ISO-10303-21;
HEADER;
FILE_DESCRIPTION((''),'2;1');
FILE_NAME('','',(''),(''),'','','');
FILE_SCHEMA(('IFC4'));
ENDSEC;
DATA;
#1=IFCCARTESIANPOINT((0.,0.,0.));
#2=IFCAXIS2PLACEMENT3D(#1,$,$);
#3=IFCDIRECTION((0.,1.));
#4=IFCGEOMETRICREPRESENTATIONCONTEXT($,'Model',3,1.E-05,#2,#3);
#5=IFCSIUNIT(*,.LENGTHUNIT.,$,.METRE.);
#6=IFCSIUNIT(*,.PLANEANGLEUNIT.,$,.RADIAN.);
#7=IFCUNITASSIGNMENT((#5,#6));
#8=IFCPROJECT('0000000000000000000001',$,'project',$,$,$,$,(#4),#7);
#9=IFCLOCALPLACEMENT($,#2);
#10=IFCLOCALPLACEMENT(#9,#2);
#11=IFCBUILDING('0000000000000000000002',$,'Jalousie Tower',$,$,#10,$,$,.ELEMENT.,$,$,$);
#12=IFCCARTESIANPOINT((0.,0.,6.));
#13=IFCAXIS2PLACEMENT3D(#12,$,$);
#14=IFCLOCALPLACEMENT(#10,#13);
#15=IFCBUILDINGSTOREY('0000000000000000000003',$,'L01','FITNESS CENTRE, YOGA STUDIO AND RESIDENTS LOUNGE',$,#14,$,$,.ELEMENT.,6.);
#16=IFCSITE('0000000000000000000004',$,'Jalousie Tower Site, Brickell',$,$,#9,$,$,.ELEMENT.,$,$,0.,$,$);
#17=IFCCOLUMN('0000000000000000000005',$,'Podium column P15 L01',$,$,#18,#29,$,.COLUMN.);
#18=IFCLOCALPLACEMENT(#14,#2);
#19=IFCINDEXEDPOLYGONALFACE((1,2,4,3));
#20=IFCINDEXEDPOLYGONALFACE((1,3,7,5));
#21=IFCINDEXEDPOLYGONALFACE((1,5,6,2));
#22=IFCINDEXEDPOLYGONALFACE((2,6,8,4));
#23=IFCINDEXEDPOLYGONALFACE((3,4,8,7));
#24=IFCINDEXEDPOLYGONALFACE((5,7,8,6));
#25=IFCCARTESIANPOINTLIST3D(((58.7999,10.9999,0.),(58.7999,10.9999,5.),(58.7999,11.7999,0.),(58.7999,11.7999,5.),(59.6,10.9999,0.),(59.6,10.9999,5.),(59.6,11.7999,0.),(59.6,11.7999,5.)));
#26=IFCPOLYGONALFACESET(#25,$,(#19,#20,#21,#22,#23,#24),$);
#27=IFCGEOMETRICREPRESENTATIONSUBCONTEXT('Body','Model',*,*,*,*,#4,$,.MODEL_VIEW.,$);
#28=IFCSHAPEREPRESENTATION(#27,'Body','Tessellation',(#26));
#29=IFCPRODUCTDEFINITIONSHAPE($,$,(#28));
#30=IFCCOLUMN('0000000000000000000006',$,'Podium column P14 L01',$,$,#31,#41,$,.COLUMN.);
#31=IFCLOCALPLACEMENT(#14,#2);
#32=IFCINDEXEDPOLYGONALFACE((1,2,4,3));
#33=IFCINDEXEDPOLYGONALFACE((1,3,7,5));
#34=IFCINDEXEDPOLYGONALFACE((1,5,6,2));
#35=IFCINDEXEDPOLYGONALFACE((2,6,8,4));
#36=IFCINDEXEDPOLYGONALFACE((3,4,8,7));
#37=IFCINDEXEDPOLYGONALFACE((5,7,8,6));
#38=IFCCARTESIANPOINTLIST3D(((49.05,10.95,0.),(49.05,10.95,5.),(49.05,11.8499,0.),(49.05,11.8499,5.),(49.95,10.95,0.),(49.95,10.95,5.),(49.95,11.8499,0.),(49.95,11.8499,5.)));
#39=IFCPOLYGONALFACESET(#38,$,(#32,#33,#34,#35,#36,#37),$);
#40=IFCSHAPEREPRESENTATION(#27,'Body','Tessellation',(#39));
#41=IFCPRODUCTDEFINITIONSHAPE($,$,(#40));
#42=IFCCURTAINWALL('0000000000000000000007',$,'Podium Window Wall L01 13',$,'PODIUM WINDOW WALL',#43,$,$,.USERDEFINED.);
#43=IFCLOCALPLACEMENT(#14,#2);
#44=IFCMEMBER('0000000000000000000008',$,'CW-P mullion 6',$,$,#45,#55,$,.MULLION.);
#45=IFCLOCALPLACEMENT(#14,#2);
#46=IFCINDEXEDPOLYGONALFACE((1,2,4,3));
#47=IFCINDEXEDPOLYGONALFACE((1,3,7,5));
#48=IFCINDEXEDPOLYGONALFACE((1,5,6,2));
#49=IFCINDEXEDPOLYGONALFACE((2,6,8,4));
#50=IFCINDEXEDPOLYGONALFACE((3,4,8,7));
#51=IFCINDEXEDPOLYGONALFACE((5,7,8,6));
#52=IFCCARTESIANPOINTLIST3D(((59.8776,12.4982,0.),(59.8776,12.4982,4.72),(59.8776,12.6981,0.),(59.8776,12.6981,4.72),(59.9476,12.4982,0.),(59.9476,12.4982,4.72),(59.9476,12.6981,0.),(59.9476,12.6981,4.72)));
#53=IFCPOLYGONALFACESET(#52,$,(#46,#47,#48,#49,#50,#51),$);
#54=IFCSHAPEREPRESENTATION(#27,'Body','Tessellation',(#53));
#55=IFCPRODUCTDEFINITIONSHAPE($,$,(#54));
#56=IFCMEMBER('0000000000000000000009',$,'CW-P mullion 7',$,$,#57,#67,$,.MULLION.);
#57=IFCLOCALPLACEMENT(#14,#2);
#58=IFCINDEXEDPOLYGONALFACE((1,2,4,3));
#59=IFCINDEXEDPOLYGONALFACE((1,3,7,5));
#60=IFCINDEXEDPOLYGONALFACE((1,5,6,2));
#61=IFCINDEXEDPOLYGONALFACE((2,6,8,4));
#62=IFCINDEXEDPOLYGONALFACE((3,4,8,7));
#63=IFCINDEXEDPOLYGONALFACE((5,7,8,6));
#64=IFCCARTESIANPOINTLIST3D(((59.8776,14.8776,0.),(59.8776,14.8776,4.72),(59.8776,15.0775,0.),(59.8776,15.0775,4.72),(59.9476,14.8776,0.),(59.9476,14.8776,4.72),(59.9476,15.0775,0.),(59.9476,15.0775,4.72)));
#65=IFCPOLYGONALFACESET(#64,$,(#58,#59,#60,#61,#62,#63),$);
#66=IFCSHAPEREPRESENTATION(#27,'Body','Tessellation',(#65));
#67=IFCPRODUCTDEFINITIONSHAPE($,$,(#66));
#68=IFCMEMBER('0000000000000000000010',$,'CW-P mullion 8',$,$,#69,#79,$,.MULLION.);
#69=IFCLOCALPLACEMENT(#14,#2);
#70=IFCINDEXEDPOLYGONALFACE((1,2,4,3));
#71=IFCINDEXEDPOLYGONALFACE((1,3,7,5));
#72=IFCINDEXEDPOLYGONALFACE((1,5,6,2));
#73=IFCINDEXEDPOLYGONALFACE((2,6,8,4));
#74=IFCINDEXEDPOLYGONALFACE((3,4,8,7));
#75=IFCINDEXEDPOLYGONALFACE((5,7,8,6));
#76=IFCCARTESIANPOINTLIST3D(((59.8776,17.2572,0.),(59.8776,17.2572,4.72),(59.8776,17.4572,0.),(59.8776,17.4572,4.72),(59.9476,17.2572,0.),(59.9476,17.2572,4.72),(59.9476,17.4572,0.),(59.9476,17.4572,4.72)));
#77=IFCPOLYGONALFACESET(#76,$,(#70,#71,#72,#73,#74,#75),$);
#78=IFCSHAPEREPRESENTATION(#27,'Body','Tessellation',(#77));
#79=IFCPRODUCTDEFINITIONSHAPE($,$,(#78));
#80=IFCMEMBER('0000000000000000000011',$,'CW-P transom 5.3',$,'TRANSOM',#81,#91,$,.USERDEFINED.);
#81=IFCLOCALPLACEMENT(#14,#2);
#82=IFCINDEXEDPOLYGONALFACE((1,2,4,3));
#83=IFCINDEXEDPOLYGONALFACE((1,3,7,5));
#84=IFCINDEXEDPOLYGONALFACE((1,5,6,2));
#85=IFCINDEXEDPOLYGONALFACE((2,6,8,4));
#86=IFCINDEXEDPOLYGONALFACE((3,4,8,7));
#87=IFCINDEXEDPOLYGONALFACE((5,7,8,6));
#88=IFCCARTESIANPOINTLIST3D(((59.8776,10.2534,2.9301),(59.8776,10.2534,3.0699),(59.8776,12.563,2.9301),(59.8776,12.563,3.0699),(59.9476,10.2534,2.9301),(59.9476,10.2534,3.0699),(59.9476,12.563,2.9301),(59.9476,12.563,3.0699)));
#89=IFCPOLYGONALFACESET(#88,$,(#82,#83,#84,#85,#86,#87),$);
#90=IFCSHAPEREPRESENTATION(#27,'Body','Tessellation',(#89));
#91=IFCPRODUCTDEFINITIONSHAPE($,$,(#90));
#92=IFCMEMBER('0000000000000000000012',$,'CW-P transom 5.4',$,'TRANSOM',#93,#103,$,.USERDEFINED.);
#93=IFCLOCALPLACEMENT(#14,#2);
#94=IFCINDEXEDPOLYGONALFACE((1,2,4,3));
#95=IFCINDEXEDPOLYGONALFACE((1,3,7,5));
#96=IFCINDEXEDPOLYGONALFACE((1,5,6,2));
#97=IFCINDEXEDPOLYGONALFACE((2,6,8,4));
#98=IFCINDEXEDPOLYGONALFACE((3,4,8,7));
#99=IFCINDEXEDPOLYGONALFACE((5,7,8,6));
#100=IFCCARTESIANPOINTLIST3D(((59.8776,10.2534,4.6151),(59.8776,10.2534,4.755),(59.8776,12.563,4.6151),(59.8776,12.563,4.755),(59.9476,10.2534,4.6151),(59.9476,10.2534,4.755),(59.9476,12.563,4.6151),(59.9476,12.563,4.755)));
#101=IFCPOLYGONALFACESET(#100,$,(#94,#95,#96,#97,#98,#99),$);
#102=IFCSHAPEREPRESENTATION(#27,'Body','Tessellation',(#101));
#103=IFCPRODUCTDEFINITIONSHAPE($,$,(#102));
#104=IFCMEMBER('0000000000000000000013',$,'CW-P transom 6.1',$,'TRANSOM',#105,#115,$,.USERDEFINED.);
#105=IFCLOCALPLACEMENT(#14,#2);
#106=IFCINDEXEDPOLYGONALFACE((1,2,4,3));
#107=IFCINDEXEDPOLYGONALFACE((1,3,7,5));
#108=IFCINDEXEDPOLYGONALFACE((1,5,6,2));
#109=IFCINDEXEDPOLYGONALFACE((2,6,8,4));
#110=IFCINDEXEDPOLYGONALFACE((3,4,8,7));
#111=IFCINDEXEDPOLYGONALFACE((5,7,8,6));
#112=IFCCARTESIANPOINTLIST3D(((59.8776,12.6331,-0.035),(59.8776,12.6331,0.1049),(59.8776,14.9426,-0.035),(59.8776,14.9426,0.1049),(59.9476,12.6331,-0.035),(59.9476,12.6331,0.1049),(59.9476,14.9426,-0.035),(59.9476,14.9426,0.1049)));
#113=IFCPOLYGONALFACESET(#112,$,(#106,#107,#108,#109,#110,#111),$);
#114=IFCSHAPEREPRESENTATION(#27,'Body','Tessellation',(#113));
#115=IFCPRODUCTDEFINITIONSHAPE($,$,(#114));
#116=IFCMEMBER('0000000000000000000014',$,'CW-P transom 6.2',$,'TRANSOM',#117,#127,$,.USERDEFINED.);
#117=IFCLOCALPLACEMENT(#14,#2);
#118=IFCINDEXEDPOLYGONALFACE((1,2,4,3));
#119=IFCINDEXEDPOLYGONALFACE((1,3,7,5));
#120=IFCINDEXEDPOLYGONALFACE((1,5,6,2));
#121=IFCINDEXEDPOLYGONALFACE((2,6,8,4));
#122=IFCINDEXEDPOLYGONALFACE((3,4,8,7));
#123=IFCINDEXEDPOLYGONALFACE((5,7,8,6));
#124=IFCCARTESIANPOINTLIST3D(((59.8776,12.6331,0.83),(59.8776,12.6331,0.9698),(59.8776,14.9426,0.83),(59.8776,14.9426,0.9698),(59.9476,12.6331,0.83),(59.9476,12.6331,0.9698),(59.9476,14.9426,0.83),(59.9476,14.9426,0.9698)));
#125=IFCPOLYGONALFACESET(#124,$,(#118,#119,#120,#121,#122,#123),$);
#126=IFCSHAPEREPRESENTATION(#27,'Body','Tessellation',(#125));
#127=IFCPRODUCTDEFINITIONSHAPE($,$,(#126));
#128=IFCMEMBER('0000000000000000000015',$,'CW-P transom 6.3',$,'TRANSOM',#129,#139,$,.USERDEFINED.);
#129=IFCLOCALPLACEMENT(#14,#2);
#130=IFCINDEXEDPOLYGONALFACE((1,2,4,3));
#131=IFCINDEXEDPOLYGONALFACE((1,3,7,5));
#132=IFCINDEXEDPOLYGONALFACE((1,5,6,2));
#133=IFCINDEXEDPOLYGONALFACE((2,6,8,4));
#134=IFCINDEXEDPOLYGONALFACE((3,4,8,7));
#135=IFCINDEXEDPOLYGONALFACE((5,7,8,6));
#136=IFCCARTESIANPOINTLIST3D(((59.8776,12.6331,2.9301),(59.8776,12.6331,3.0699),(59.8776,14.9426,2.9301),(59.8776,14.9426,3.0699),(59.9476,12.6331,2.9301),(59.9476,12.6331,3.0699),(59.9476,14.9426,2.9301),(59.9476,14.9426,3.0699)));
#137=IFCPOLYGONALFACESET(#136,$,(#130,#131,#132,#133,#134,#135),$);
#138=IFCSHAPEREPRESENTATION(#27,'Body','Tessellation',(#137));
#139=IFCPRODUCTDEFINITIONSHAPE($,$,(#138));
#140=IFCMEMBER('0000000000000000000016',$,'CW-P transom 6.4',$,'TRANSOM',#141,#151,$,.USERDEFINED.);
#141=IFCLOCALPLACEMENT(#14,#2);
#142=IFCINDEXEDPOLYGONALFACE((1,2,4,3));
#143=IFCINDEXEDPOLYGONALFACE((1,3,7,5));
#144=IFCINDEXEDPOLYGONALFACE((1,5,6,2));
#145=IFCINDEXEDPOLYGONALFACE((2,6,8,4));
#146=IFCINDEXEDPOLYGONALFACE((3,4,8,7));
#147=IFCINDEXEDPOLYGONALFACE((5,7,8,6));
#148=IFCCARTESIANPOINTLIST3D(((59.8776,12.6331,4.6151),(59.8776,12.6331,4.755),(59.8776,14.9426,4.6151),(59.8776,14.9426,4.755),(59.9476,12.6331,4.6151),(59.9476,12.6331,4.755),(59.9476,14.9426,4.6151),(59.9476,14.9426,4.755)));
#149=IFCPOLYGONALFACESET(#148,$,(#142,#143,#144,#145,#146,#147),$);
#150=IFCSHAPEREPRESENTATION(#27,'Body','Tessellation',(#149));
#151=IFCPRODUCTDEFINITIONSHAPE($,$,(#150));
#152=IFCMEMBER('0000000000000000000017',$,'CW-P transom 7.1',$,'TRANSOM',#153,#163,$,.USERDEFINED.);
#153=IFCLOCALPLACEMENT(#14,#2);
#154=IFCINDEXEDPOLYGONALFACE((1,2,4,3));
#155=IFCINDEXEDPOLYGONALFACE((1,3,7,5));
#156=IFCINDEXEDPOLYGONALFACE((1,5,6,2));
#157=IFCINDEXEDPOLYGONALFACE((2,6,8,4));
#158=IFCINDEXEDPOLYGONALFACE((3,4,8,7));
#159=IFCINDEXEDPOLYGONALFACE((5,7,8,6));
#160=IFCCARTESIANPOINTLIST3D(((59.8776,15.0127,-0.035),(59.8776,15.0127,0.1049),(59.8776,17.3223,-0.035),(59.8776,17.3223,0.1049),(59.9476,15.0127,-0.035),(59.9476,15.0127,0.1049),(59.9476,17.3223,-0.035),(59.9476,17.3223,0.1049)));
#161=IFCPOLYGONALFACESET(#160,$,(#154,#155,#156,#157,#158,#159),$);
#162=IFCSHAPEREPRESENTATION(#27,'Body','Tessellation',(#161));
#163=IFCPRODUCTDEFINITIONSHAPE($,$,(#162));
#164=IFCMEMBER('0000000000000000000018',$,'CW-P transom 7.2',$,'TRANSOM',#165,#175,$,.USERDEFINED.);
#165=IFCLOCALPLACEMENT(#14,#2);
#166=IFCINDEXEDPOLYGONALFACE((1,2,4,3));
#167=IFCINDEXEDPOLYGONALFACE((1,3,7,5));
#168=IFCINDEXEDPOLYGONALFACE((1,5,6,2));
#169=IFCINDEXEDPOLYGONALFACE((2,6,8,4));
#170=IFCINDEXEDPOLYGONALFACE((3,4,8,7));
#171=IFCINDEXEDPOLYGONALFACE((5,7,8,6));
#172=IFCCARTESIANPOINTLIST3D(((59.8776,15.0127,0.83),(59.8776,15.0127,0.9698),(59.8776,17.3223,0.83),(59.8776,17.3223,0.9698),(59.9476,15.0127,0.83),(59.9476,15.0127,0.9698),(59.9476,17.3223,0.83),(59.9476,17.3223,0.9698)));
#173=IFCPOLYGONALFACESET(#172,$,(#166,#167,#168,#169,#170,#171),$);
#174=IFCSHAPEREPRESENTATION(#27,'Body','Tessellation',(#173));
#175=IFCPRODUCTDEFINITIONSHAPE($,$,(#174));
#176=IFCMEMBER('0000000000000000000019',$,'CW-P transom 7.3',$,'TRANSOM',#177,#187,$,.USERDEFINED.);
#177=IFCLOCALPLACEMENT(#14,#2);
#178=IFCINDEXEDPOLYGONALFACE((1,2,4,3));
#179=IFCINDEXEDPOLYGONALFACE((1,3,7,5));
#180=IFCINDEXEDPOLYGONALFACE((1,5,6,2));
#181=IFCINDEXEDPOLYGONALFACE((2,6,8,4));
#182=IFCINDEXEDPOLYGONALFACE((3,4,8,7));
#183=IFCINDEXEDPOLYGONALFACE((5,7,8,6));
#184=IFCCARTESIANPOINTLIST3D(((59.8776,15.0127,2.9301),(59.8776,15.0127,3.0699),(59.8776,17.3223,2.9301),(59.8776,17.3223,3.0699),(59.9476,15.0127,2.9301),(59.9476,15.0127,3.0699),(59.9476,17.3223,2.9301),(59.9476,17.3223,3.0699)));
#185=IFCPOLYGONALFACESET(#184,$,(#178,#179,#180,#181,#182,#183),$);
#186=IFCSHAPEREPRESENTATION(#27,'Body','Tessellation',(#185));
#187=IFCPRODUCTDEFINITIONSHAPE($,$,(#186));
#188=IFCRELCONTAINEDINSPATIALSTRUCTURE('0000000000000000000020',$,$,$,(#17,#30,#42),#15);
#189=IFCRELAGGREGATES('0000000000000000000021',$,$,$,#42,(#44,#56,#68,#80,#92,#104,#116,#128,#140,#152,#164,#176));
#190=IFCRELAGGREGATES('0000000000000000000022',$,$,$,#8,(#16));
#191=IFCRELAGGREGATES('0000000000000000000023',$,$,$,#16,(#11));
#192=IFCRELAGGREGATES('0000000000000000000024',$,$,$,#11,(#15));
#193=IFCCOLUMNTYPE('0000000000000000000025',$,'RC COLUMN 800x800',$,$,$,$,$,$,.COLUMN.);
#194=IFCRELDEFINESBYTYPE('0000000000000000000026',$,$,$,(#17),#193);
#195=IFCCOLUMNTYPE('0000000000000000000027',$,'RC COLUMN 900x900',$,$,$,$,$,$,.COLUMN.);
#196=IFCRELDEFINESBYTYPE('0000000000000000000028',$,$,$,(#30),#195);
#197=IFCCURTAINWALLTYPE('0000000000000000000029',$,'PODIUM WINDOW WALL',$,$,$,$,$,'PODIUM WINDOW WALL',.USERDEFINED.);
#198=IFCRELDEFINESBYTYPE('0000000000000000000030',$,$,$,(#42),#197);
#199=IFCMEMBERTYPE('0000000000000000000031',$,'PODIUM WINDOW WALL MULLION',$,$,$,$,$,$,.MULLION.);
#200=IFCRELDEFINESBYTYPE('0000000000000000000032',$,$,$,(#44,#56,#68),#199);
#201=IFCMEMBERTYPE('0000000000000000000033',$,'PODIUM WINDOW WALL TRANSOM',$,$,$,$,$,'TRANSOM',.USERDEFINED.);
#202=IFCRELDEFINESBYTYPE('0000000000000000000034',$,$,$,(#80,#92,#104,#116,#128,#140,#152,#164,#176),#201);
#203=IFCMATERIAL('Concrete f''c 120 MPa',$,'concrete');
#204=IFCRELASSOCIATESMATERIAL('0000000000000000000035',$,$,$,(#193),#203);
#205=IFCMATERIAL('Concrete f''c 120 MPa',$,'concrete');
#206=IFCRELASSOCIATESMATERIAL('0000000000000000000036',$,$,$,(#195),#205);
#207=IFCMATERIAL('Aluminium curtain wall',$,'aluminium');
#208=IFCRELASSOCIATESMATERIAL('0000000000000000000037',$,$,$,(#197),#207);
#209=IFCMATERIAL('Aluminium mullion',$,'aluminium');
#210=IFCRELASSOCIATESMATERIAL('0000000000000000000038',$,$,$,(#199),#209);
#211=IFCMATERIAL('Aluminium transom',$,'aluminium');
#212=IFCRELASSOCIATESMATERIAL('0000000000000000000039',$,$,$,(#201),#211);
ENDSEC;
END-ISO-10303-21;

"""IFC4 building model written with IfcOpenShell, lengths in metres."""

from ifc_helpers import new_model, si_unit, direction, frame, origin, origin_2d, place, context, subcontext, project, spatial, rectangle, extrude, material, material_profile, profile_set, type_object, element, aggregate, save


model = new_model("IFC4")

# Units and contexts
model_context = context("Model", 3, precision=1e-05, world=origin(), true_north=direction((0.0, 1.0)))
body_context = subcontext(model_context, "Body", "Model", "MODEL_VIEW")
ifc_project = project(units=[si_unit("LENGTHUNIT", "METRE"), si_unit("PLANEANGLEUNIT", "RADIAN")], contexts=[model_context])

# Site, building, storey
site_placement = place(None, origin())
site = spatial("IfcSite", under=ifc_project, at=site_placement, Name="Jalousie Tower Site, Brickell", CompositionType="ELEMENT", RefElevation=0.0)
building_placement = place(site_placement, origin())
building = spatial("IfcBuilding", under=site, at=building_placement, Name="Jalousie Tower", CompositionType="ELEMENT")
storey_placement = place(building_placement, frame((0.0, 0.0, 6.0)))
storey = spatial("IfcBuildingStorey", under=building, at=storey_placement, Name="L01", Description="FITNESS CENTRE, YOGA STUDIO AND RESIDENTS LOUNGE", CompositionType="ELEMENT", Elevation=6.0)

# Columns
ifc_material_1 = material(Name="Concrete f'c 120 MPa", Category="concrete")
ifc_material_profile_1 = material_profile(ifc_material_1, rectangle(XDim=0.8, YDim=0.8, at=origin_2d()), Name="RC 800x800")
ifc_profile_set_1 = profile_set([ifc_material_profile_1], Name="Concrete f'c 120 MPa")
column_type_1 = type_object("IfcColumnType", Name="RC COLUMN 800x800", PredefinedType="COLUMN", material=ifc_profile_set_1)
column_1_placement = place(storey_placement, frame((59.2, 11.3999, 0.0), z_axis=(0.0, 0.0, 1.0), x_axis=(1.0, 0.0, 0.0)))
element("IfcColumn", 1, at=column_1_placement, inside=storey, type_object=column_type_1, Name="Podium column P15 L01", PredefinedType="COLUMN", context=body_context, shape_type="SweptSolid", body=[
    extrude(rectangle(XDim=0.8, YDim=0.8, at=origin_2d()), origin(), (0.0, 0.0, 1.0), 5.0),
])
ifc_material_2 = material(Name="Concrete f'c 120 MPa", Category="concrete")
ifc_material_profile_2 = material_profile(ifc_material_2, rectangle(XDim=0.8999, YDim=0.8999, at=origin_2d()), Name="RC 900x900")
ifc_profile_set_2 = profile_set([ifc_material_profile_2], Name="Concrete f'c 120 MPa")
column_type_2 = type_object("IfcColumnType", Name="RC COLUMN 900x900", PredefinedType="COLUMN", material=ifc_profile_set_2)
column_2_placement = place(storey_placement, frame((49.5, 11.3999, 0.0), z_axis=(0.0, 0.0, 1.0), x_axis=(1.0, 0.0, 0.0)))
element("IfcColumn", 2, at=column_2_placement, inside=storey, type_object=column_type_2, Name="Podium column P14 L01", PredefinedType="COLUMN", context=body_context, shape_type="SweptSolid", body=[
    extrude(rectangle(XDim=0.8999, YDim=0.8999, at=origin_2d()), origin(), (0.0, 0.0, 1.0), 5.0),
])

# Curtain wall, members
ifc_material_3 = material(Name="Aluminium curtain wall", Category="aluminium")
curtain_wall_type = type_object("IfcCurtainWallType", Name="PODIUM WINDOW WALL", ElementType="PODIUM WINDOW WALL", PredefinedType="USERDEFINED", material=ifc_material_3)
curtain_wall_placement = place(storey_placement, origin())
curtain_wall = element("IfcCurtainWall", 3, at=curtain_wall_placement, inside=storey, type_object=curtain_wall_type, Name="Podium Window Wall L01 13", ObjectType="PODIUM WINDOW WALL", PredefinedType="USERDEFINED")
ifc_material_4 = material(Name="Aluminium mullion", Category="aluminium")
ifc_material_profile_3 = material_profile(ifc_material_4, rectangle(XDim=0.0701, YDim=0.2, at=origin_2d()), Name="MULLION 70x200")
ifc_profile_set_3 = profile_set([ifc_material_profile_3], Name="Aluminium mullion")
member_type_1 = type_object("IfcMemberType", Name="PODIUM WINDOW WALL MULLION", PredefinedType="MULLION", material=ifc_profile_set_3)
member_1_placement = place(storey_placement, frame((59.9126, 12.5981, 0.0), z_axis=(0.0, 0.0, 1.0), x_axis=(-1.0, 0.0, 0.0)))
member_1 = element("IfcMember", 4, at=member_1_placement, type_object=member_type_1, Name="CW-P mullion 6", PredefinedType="MULLION", context=body_context, shape_type="SweptSolid", body=[
    extrude(rectangle(XDim=0.0701, YDim=0.2, at=origin_2d()), origin(), (0.0, 0.0, 1.0), 4.72),
])
member_2_placement = place(storey_placement, frame((59.9126, 14.9775, 0.0), z_axis=(0.0, 0.0, 1.0), x_axis=(-1.0, 0.0, 0.0)))
member_2 = element("IfcMember", 5, at=member_2_placement, type_object=member_type_1, Name="CW-P mullion 7", PredefinedType="MULLION", context=body_context, shape_type="SweptSolid", body=[
    extrude(rectangle(XDim=0.0701, YDim=0.2, at=origin_2d()), origin(), (0.0, 0.0, 1.0), 4.72),
])
member_3_placement = place(storey_placement, frame((59.9126, 17.3572, 0.0), z_axis=(0.0, 0.0, 1.0), x_axis=(-1.0, 0.0, 0.0)))
member_3 = element("IfcMember", 6, at=member_3_placement, type_object=member_type_1, Name="CW-P mullion 8", PredefinedType="MULLION", context=body_context, shape_type="SweptSolid", body=[
    extrude(rectangle(XDim=0.0701, YDim=0.2, at=origin_2d()), origin(), (0.0, 0.0, 1.0), 4.72),
])
ifc_material_5 = material(Name="Aluminium transom", Category="aluminium")
ifc_material_profile_4 = material_profile(ifc_material_5, rectangle(XDim=0.0701, YDim=0.1399, at=origin_2d()), Name="TRANSOM 70x140")
ifc_profile_set_4 = profile_set([ifc_material_profile_4], Name="Aluminium transom")
member_type_2 = type_object("IfcMemberType", Name="PODIUM WINDOW WALL TRANSOM", ElementType="TRANSOM", PredefinedType="USERDEFINED", material=ifc_profile_set_4)
member_4_placement = place(storey_placement, frame((59.9126, 10.2534, 3.0), z_axis=(0.0, 1.0, 0.0), x_axis=(-1.0, 0.0, 0.0)))
member_4 = element("IfcMember", 7, at=member_4_placement, type_object=member_type_2, Name="CW-P transom 5.3", ObjectType="TRANSOM", PredefinedType="USERDEFINED", context=body_context, shape_type="SweptSolid", body=[
    extrude(rectangle(XDim=0.0701, YDim=0.1399, at=origin_2d()), origin(), (0.0, 0.0, 1.0), 2.3096),
])
member_5_placement = place(storey_placement, frame((59.9126, 10.2534, 4.6851), z_axis=(0.0, 1.0, 0.0), x_axis=(-1.0, 0.0, 0.0)))
member_5 = element("IfcMember", 8, at=member_5_placement, type_object=member_type_2, Name="CW-P transom 5.4", ObjectType="TRANSOM", PredefinedType="USERDEFINED", context=body_context, shape_type="SweptSolid", body=[
    extrude(rectangle(XDim=0.0701, YDim=0.1399, at=origin_2d()), origin(), (0.0, 0.0, 1.0), 2.3096),
])
member_6_placement = place(storey_placement, frame((59.9126, 12.6331, 0.0349), z_axis=(0.0, 1.0, 0.0), x_axis=(-1.0, 0.0, 0.0)))
member_6 = element("IfcMember", 9, at=member_6_placement, type_object=member_type_2, Name="CW-P transom 6.1", ObjectType="TRANSOM", PredefinedType="USERDEFINED", context=body_context, shape_type="SweptSolid", body=[
    extrude(rectangle(XDim=0.0701, YDim=0.1399, at=origin_2d()), origin(), (0.0, 0.0, 1.0), 2.3096),
])
member_7_placement = place(storey_placement, frame((59.9126, 12.6331, 0.8999), z_axis=(0.0, 1.0, 0.0), x_axis=(-1.0, 0.0, 0.0)))
member_7 = element("IfcMember", 10, at=member_7_placement, type_object=member_type_2, Name="CW-P transom 6.2", ObjectType="TRANSOM", PredefinedType="USERDEFINED", context=body_context, shape_type="SweptSolid", body=[
    extrude(rectangle(XDim=0.0701, YDim=0.1399, at=origin_2d()), origin(), (0.0, 0.0, 1.0), 2.3096),
])
member_8_placement = place(storey_placement, frame((59.9126, 12.6331, 3.0), z_axis=(0.0, 1.0, 0.0), x_axis=(-1.0, 0.0, 0.0)))
member_8 = element("IfcMember", 11, at=member_8_placement, type_object=member_type_2, Name="CW-P transom 6.3", ObjectType="TRANSOM", PredefinedType="USERDEFINED", context=body_context, shape_type="SweptSolid", body=[
    extrude(rectangle(XDim=0.0701, YDim=0.1399, at=origin_2d()), origin(), (0.0, 0.0, 1.0), 2.3096),
])
member_9_placement = place(storey_placement, frame((59.9126, 12.6331, 4.6851), z_axis=(0.0, 1.0, 0.0), x_axis=(-1.0, 0.0, 0.0)))
member_9 = element("IfcMember", 12, at=member_9_placement, type_object=member_type_2, Name="CW-P transom 6.4", ObjectType="TRANSOM", PredefinedType="USERDEFINED", context=body_context, shape_type="SweptSolid", body=[
    extrude(rectangle(XDim=0.0701, YDim=0.1399, at=origin_2d()), origin(), (0.0, 0.0, 1.0), 2.3096),
])
member_10_placement = place(storey_placement, frame((59.9126, 15.0127, 0.0349), z_axis=(0.0, 1.0, 0.0), x_axis=(-1.0, 0.0, 0.0)))
member_10 = element("IfcMember", 13, at=member_10_placement, type_object=member_type_2, Name="CW-P transom 7.1", ObjectType="TRANSOM", PredefinedType="USERDEFINED", context=body_context, shape_type="SweptSolid", body=[
    extrude(rectangle(XDim=0.0701, YDim=0.1399, at=origin_2d()), origin(), (0.0, 0.0, 1.0), 2.3096),
])
member_11_placement = place(storey_placement, frame((59.9126, 15.0127, 0.8999), z_axis=(0.0, 1.0, 0.0), x_axis=(-1.0, 0.0, 0.0)))
member_11 = element("IfcMember", 14, at=member_11_placement, type_object=member_type_2, Name="CW-P transom 7.2", ObjectType="TRANSOM", PredefinedType="USERDEFINED", context=body_context, shape_type="SweptSolid", body=[
    extrude(rectangle(XDim=0.0701, YDim=0.1399, at=origin_2d()), origin(), (0.0, 0.0, 1.0), 2.3096),
])
member_12_placement = place(storey_placement, frame((59.9126, 15.0127, 3.0), z_axis=(0.0, 1.0, 0.0), x_axis=(-1.0, 0.0, 0.0)))
member_12 = element("IfcMember", 15, at=member_12_placement, type_object=member_type_2, Name="CW-P transom 7.3", ObjectType="TRANSOM", PredefinedType="USERDEFINED", context=body_context, shape_type="SweptSolid", body=[
    extrude(rectangle(XDim=0.0701, YDim=0.1399, at=origin_2d()), origin(), (0.0, 0.0, 1.0), 2.3096),
])

aggregate(curtain_wall, [member_1, member_2, member_3, member_4, member_5, member_6, member_7, member_8, member_9, member_10, member_11, member_12])

save(model, "model.ifc")
